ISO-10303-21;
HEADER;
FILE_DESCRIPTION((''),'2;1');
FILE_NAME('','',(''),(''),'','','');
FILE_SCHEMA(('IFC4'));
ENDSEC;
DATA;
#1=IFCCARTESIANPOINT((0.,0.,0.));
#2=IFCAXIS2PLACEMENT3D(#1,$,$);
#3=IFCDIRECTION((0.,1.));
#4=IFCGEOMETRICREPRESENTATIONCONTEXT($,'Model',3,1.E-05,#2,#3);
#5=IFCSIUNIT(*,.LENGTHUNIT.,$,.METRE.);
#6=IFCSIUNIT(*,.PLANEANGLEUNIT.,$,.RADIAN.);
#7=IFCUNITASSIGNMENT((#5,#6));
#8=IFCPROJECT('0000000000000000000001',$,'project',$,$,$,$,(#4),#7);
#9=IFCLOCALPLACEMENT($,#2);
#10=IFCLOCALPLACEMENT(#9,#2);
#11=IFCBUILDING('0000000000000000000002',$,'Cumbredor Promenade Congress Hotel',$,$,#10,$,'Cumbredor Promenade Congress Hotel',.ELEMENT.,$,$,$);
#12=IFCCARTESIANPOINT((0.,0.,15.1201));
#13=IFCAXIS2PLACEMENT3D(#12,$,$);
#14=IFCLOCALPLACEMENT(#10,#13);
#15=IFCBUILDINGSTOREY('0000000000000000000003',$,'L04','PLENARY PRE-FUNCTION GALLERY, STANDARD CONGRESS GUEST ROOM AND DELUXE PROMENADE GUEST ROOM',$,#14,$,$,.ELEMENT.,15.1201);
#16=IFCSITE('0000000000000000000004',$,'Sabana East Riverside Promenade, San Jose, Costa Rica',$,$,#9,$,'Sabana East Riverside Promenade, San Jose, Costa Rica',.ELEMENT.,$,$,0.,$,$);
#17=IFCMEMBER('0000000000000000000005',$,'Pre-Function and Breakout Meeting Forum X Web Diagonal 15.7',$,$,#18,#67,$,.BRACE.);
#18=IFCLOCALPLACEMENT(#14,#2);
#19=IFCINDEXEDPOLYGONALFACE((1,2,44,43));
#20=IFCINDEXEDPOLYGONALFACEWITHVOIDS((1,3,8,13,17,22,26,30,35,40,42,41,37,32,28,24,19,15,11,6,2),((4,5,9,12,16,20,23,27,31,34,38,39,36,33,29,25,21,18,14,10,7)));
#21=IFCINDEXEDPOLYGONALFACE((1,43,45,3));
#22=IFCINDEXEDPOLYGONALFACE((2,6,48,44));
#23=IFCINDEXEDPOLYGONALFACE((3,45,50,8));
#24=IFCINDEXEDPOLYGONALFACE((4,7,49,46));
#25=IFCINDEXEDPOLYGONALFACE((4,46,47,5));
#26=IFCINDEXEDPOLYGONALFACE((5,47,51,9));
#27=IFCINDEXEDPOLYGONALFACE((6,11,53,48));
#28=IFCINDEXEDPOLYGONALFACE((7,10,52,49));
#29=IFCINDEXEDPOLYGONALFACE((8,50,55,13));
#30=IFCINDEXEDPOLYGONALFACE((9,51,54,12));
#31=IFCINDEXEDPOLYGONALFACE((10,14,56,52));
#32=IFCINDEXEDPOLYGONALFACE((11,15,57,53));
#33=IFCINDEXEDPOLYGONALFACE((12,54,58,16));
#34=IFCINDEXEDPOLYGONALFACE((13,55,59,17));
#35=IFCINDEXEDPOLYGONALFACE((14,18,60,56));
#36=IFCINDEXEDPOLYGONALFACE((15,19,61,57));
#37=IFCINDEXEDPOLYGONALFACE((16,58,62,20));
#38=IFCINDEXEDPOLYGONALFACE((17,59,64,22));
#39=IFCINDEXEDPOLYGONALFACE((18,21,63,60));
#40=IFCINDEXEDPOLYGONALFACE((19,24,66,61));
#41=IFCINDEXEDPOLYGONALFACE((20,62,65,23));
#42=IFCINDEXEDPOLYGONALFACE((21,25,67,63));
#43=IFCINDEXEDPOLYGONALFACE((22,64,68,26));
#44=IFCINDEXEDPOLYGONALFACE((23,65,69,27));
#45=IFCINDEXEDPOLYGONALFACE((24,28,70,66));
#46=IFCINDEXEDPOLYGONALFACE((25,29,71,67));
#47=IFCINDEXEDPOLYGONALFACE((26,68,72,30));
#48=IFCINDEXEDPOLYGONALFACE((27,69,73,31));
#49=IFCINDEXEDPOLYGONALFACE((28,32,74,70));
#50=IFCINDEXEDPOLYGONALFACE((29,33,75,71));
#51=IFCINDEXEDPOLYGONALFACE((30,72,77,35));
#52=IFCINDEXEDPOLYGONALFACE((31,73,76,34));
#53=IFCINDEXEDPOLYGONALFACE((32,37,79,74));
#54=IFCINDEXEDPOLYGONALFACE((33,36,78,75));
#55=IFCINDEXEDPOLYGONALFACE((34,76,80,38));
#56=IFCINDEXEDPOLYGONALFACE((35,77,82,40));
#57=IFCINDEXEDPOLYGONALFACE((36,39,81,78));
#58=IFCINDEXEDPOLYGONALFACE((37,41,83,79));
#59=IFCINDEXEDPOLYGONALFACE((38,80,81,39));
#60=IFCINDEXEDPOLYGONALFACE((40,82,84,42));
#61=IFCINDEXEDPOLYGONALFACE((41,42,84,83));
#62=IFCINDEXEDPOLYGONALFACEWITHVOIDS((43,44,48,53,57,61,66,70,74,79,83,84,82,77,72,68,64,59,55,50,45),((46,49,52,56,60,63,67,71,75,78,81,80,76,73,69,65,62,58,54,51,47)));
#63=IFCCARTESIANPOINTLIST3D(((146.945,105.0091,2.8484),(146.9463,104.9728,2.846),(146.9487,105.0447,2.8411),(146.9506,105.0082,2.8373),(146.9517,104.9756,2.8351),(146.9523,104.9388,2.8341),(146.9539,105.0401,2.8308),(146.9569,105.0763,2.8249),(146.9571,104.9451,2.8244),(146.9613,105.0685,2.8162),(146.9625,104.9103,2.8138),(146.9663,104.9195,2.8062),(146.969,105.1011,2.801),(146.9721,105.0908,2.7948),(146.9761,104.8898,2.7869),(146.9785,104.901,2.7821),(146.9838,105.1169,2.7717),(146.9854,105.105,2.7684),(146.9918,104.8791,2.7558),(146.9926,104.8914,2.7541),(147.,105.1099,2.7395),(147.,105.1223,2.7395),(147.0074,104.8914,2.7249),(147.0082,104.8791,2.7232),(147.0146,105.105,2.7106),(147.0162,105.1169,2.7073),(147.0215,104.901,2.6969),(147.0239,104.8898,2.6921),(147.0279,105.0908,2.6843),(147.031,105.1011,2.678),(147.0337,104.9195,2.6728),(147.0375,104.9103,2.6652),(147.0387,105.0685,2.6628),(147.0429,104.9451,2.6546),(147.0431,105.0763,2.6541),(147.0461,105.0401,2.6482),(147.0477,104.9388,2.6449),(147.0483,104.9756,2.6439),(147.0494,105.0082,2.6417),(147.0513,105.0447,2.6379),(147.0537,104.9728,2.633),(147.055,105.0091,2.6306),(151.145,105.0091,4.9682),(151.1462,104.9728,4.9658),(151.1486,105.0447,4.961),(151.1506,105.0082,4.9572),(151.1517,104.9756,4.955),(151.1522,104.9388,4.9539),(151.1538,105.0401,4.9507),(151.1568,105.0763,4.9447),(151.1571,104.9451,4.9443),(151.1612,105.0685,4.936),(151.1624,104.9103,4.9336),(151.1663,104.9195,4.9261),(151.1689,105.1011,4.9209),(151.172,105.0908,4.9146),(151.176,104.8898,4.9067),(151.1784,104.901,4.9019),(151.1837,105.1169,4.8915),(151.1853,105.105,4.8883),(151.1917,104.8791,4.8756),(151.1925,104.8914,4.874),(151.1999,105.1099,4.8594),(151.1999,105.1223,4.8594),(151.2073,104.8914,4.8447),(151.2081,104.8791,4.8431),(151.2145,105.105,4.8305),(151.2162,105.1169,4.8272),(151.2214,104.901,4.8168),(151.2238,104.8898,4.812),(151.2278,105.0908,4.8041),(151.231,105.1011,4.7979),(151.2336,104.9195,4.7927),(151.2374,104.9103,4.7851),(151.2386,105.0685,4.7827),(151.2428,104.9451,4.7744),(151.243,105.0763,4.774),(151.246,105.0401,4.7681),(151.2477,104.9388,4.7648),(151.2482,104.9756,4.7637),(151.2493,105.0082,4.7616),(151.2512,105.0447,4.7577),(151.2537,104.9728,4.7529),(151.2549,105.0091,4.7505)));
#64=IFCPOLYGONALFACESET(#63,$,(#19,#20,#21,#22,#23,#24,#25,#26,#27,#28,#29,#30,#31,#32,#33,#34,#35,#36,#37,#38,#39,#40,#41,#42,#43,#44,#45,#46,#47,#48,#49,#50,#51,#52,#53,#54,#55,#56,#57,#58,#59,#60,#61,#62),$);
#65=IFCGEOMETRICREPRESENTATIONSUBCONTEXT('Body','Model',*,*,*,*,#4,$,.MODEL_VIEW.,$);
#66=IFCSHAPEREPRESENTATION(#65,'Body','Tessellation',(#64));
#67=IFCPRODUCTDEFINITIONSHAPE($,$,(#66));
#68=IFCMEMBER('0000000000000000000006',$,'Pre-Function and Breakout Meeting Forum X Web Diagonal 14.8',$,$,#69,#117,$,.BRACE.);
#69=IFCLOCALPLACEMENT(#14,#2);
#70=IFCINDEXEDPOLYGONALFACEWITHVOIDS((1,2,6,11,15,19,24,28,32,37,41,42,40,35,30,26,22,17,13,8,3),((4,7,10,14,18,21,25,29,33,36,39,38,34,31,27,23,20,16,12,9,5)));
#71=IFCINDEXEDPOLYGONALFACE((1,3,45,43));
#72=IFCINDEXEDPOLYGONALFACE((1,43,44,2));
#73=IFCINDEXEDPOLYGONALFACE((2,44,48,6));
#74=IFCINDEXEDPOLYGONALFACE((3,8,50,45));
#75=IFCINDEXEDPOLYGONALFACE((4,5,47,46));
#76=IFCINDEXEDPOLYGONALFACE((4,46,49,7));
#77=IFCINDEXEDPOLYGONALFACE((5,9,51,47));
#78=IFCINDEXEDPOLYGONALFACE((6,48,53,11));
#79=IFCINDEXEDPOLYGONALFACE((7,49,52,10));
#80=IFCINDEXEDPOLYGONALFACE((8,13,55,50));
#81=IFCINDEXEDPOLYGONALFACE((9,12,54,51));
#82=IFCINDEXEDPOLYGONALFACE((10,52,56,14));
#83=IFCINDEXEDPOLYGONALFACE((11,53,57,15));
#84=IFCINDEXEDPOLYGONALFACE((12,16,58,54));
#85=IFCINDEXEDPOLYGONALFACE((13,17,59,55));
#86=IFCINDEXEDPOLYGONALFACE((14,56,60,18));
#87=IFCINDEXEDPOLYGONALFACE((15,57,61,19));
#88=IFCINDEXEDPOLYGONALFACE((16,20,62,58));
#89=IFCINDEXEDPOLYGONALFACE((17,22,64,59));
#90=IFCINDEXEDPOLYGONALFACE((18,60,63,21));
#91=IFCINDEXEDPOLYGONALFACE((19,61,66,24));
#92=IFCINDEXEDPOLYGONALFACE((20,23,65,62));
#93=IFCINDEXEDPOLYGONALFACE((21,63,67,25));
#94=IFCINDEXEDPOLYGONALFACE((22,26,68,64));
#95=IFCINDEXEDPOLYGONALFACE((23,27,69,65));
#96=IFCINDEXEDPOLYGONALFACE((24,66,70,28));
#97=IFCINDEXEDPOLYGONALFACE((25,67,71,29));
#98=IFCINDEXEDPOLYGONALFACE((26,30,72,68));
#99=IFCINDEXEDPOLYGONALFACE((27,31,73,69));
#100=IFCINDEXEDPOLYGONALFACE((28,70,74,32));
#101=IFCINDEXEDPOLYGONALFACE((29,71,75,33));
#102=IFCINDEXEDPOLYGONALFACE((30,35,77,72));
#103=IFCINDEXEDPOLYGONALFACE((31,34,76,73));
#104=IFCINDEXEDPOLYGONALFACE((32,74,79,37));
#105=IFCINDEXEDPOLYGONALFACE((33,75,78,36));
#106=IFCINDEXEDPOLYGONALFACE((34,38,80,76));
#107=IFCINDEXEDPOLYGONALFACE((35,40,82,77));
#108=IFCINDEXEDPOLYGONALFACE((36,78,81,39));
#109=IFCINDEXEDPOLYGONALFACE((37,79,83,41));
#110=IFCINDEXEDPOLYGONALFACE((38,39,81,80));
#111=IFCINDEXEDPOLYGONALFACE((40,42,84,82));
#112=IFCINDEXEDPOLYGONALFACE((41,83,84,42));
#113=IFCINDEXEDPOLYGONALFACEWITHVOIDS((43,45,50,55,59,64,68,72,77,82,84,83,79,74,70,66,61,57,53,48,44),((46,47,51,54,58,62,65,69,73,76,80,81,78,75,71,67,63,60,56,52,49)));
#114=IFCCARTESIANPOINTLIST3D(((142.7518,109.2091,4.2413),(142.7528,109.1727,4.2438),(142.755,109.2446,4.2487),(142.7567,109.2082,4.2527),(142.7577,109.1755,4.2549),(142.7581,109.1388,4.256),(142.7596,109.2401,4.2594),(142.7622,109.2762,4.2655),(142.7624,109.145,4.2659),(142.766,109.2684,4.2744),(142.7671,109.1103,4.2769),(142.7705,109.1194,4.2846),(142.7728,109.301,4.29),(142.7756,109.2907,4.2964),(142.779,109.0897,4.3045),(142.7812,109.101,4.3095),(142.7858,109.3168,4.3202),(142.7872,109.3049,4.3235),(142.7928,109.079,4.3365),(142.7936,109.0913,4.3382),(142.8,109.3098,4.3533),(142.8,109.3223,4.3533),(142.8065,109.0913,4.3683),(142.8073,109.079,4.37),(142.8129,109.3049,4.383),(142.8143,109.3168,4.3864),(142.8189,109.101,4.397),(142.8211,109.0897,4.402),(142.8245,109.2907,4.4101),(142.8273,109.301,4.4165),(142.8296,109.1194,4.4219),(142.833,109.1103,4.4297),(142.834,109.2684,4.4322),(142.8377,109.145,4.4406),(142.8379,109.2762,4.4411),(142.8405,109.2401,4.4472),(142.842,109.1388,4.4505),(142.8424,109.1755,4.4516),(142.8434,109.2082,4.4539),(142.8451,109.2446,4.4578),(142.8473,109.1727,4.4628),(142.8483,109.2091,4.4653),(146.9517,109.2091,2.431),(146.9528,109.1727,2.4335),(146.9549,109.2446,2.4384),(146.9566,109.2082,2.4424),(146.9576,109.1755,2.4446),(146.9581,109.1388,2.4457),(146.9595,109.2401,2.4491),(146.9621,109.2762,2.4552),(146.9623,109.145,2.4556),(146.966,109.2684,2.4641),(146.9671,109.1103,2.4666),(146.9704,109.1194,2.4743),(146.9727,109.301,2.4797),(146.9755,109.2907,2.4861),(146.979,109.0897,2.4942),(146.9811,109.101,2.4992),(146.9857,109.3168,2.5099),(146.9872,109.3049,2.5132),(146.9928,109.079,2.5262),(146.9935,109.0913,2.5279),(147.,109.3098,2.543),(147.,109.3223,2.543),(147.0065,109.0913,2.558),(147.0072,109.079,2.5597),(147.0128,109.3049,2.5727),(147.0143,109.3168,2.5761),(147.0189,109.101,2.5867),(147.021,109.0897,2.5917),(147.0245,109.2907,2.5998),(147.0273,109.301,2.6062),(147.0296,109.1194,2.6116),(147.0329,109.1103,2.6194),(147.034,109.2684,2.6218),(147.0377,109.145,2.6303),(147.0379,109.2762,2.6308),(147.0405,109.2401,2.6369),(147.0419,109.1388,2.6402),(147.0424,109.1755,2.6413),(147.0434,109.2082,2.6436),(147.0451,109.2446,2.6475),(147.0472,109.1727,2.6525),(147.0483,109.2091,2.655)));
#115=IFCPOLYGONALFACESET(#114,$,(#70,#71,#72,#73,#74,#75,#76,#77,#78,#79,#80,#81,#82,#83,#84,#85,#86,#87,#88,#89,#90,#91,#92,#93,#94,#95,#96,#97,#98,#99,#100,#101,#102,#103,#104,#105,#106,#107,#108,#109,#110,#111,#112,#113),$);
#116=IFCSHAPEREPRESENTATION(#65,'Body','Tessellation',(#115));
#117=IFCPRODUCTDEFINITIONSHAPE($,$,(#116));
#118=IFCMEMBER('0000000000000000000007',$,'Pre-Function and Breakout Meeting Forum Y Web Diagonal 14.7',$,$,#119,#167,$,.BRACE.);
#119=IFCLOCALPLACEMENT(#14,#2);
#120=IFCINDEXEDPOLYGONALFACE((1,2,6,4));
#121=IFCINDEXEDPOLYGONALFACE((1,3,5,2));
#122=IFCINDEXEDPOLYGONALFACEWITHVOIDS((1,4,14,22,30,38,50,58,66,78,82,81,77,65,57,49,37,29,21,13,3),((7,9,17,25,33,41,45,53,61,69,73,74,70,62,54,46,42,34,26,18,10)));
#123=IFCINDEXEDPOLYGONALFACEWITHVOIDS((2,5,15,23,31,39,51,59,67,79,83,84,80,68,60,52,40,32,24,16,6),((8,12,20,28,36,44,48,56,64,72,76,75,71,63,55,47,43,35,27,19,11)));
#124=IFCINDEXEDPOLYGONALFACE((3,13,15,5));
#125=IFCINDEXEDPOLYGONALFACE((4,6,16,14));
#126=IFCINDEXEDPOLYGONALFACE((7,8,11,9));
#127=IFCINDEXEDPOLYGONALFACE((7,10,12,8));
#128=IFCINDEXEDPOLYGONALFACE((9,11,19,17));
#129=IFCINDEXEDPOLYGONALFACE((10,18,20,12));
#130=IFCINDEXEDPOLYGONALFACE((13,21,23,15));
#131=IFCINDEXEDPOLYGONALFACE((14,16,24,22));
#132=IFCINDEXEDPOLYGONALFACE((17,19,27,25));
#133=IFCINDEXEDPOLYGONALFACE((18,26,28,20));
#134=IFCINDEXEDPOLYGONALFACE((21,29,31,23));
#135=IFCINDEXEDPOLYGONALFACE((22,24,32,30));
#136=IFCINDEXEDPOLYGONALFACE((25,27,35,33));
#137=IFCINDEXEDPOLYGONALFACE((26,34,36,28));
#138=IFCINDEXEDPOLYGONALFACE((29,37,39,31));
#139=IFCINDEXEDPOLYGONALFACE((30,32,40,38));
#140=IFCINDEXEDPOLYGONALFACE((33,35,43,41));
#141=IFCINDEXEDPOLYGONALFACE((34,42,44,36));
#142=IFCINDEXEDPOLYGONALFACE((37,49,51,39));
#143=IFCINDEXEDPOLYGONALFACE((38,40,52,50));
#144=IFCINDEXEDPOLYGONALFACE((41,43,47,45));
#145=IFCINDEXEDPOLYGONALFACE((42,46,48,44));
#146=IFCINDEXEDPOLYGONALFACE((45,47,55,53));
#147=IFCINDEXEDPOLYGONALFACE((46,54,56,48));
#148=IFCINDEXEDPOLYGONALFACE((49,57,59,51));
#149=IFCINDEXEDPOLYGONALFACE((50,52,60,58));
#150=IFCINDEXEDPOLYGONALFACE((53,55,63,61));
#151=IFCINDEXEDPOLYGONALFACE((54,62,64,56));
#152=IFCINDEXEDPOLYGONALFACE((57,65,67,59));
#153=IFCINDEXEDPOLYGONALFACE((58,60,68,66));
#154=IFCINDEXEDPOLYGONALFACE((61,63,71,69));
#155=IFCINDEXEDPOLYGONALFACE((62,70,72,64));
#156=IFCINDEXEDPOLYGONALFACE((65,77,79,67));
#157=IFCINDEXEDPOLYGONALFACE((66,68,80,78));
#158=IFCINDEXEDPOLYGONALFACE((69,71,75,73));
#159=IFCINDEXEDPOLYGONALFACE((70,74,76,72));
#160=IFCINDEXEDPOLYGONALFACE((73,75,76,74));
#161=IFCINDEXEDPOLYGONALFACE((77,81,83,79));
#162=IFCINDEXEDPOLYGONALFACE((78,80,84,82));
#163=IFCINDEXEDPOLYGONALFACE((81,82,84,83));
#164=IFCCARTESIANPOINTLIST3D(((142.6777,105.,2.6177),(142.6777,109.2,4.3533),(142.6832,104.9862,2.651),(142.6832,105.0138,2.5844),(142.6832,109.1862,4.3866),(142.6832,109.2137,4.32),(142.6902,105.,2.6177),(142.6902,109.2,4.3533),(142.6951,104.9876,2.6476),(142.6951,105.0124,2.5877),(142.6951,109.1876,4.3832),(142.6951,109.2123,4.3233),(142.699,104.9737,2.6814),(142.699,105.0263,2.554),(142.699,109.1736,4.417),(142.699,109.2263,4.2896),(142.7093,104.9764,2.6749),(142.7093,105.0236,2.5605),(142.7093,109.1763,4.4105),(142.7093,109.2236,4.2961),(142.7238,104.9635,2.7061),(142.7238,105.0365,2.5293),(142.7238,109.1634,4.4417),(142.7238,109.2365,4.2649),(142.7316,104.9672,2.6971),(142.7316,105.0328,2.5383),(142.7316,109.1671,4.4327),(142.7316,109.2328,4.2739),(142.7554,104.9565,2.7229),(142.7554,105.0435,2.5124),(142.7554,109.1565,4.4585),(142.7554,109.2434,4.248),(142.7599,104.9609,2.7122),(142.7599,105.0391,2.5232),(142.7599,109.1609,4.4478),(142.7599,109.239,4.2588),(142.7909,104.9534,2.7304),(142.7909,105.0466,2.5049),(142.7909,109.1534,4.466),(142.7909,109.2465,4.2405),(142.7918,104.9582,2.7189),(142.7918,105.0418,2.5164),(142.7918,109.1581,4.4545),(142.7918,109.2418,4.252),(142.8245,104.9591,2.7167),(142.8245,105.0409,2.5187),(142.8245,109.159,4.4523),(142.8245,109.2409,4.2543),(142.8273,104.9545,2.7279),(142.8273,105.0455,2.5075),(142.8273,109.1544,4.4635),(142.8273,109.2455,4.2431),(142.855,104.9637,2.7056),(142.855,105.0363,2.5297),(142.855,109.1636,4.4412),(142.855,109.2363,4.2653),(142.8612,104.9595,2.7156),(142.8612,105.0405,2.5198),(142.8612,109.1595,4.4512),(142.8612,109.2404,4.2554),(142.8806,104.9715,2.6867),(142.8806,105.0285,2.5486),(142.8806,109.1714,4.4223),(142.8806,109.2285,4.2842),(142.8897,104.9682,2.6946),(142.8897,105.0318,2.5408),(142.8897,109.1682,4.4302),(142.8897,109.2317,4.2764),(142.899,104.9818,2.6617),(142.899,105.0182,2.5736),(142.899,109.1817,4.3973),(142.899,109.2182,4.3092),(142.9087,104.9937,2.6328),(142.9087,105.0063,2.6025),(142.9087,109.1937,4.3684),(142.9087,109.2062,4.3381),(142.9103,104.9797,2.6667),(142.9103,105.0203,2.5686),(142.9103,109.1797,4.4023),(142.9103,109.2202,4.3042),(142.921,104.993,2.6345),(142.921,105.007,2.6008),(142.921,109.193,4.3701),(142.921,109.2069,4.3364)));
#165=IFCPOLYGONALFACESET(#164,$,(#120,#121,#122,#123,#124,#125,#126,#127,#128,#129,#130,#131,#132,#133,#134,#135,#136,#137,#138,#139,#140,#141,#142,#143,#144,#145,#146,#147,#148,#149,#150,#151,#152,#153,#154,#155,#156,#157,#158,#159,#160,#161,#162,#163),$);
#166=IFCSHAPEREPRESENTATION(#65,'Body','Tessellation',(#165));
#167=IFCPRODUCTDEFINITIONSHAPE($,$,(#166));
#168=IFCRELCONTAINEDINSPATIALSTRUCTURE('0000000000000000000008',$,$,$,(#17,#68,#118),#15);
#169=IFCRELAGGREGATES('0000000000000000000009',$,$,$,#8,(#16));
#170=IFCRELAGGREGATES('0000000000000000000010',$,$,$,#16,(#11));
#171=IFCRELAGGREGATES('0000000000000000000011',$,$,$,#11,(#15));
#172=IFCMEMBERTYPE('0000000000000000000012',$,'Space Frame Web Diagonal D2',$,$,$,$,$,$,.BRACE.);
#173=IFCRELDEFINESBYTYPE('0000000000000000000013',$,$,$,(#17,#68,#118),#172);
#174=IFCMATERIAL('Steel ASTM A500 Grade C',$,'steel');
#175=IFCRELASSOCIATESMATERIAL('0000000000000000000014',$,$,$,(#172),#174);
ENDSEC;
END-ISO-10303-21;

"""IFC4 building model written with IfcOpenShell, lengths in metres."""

from ifc_helpers import new_model, si_unit, direction, frame, origin, origin_2d, place, context, subcontext, project, spatial, hollow_circle, extrude, material, material_profile, profile_set, type_object, element, save


model = new_model("IFC4")

# Units and contexts
model_context = context("Model", 3, precision=1e-05, world=origin(), true_north=direction((0.0, 1.0)))
body_context = subcontext(model_context, "Body", "Model", "MODEL_VIEW")
ifc_project = project(units=[si_unit("LENGTHUNIT", "METRE"), si_unit("PLANEANGLEUNIT", "RADIAN")], contexts=[model_context])

# Site, building, storey
site_placement = place(None, origin())
site = spatial("IfcSite", under=ifc_project, at=site_placement, Name="Sabana East Riverside Promenade, San Jose, Costa Rica", LongName="Sabana East Riverside Promenade, San Jose, Costa Rica", CompositionType="ELEMENT", RefElevation=0.0)
building_placement = place(site_placement, origin())
building = spatial("IfcBuilding", under=site, at=building_placement, Name="Cumbredor Promenade Congress Hotel", LongName="Cumbredor Promenade Congress Hotel", CompositionType="ELEMENT")
storey_placement = place(building_placement, frame((0.0, 0.0, 15.1201)))
storey = spatial("IfcBuildingStorey", under=building, at=storey_placement, Name="L04", Description="PLENARY PRE-FUNCTION GALLERY, STANDARD CONGRESS GUEST ROOM AND DELUXE PROMENADE GUEST ROOM", CompositionType="ELEMENT", Elevation=15.1201)

# Members
ifc_material_1 = material(Name="Steel ASTM A500 Grade C", Category="steel")
ifc_material_profile_1 = material_profile(ifc_material_1, hollow_circle(Radius=0.1223, WallThickness=0.0125, at=origin_2d()), Name="CHS 244.5x12.5")
ifc_profile_set_1 = profile_set([ifc_material_profile_1], Name="Steel ASTM A500 Grade C")
member_type_1 = type_object("IfcMemberType", Name="Space Frame Web Diagonal D2", PredefinedType="BRACE", material=ifc_profile_set_1)
member_1_placement = place(storey_placement, frame((147.0, 105.0, 2.7395), z_axis=(0.892729, 0.0, 0.450594), x_axis=(0.0, 1.0, 0.0)))
element("IfcMember", 1, at=member_1_placement, inside=storey, type_object=member_type_1, Name="Pre-Function and Breakout Meeting Forum X Web Diagonal 15.7", PredefinedType="BRACE", context=body_context, shape_type="SweptSolid", body=[
    extrude(hollow_circle(Radius=0.1223, WallThickness=0.0125, at=origin_2d()), origin(), (0.0, 0.0, 1.0), 4.7046),
])
member_2_placement = place(storey_placement, frame((142.8, 109.2, 4.3533), z_axis=(0.918326, 0.0, -0.395825), x_axis=(0.0, 1.0, 0.0)))
element("IfcMember", 2, at=member_2_placement, inside=storey, type_object=member_type_1, Name="Pre-Function and Breakout Meeting Forum X Web Diagonal 14.8", PredefinedType="BRACE", context=body_context, shape_type="SweptSolid", body=[
    extrude(hollow_circle(Radius=0.1223, WallThickness=0.0125, at=origin_2d()), origin(), (0.0, 0.0, 1.0), 4.5735),
])
member_3_placement = place(storey_placement, frame((142.8, 105.0, 2.6177), z_axis=(0.0, 0.924197, 0.381917), x_axis=(-1.0, 0.0, 0.0)))
element("IfcMember", 3, at=member_3_placement, inside=storey, type_object=member_type_1, Name="Pre-Function and Breakout Meeting Forum Y Web Diagonal 14.7", PredefinedType="BRACE", context=body_context, shape_type="SweptSolid", body=[
    extrude(hollow_circle(Radius=0.1223, WallThickness=0.0125, at=origin_2d()), origin(), (0.0, 0.0, 1.0), 4.5444),
])

save(model, "model.ifc")
